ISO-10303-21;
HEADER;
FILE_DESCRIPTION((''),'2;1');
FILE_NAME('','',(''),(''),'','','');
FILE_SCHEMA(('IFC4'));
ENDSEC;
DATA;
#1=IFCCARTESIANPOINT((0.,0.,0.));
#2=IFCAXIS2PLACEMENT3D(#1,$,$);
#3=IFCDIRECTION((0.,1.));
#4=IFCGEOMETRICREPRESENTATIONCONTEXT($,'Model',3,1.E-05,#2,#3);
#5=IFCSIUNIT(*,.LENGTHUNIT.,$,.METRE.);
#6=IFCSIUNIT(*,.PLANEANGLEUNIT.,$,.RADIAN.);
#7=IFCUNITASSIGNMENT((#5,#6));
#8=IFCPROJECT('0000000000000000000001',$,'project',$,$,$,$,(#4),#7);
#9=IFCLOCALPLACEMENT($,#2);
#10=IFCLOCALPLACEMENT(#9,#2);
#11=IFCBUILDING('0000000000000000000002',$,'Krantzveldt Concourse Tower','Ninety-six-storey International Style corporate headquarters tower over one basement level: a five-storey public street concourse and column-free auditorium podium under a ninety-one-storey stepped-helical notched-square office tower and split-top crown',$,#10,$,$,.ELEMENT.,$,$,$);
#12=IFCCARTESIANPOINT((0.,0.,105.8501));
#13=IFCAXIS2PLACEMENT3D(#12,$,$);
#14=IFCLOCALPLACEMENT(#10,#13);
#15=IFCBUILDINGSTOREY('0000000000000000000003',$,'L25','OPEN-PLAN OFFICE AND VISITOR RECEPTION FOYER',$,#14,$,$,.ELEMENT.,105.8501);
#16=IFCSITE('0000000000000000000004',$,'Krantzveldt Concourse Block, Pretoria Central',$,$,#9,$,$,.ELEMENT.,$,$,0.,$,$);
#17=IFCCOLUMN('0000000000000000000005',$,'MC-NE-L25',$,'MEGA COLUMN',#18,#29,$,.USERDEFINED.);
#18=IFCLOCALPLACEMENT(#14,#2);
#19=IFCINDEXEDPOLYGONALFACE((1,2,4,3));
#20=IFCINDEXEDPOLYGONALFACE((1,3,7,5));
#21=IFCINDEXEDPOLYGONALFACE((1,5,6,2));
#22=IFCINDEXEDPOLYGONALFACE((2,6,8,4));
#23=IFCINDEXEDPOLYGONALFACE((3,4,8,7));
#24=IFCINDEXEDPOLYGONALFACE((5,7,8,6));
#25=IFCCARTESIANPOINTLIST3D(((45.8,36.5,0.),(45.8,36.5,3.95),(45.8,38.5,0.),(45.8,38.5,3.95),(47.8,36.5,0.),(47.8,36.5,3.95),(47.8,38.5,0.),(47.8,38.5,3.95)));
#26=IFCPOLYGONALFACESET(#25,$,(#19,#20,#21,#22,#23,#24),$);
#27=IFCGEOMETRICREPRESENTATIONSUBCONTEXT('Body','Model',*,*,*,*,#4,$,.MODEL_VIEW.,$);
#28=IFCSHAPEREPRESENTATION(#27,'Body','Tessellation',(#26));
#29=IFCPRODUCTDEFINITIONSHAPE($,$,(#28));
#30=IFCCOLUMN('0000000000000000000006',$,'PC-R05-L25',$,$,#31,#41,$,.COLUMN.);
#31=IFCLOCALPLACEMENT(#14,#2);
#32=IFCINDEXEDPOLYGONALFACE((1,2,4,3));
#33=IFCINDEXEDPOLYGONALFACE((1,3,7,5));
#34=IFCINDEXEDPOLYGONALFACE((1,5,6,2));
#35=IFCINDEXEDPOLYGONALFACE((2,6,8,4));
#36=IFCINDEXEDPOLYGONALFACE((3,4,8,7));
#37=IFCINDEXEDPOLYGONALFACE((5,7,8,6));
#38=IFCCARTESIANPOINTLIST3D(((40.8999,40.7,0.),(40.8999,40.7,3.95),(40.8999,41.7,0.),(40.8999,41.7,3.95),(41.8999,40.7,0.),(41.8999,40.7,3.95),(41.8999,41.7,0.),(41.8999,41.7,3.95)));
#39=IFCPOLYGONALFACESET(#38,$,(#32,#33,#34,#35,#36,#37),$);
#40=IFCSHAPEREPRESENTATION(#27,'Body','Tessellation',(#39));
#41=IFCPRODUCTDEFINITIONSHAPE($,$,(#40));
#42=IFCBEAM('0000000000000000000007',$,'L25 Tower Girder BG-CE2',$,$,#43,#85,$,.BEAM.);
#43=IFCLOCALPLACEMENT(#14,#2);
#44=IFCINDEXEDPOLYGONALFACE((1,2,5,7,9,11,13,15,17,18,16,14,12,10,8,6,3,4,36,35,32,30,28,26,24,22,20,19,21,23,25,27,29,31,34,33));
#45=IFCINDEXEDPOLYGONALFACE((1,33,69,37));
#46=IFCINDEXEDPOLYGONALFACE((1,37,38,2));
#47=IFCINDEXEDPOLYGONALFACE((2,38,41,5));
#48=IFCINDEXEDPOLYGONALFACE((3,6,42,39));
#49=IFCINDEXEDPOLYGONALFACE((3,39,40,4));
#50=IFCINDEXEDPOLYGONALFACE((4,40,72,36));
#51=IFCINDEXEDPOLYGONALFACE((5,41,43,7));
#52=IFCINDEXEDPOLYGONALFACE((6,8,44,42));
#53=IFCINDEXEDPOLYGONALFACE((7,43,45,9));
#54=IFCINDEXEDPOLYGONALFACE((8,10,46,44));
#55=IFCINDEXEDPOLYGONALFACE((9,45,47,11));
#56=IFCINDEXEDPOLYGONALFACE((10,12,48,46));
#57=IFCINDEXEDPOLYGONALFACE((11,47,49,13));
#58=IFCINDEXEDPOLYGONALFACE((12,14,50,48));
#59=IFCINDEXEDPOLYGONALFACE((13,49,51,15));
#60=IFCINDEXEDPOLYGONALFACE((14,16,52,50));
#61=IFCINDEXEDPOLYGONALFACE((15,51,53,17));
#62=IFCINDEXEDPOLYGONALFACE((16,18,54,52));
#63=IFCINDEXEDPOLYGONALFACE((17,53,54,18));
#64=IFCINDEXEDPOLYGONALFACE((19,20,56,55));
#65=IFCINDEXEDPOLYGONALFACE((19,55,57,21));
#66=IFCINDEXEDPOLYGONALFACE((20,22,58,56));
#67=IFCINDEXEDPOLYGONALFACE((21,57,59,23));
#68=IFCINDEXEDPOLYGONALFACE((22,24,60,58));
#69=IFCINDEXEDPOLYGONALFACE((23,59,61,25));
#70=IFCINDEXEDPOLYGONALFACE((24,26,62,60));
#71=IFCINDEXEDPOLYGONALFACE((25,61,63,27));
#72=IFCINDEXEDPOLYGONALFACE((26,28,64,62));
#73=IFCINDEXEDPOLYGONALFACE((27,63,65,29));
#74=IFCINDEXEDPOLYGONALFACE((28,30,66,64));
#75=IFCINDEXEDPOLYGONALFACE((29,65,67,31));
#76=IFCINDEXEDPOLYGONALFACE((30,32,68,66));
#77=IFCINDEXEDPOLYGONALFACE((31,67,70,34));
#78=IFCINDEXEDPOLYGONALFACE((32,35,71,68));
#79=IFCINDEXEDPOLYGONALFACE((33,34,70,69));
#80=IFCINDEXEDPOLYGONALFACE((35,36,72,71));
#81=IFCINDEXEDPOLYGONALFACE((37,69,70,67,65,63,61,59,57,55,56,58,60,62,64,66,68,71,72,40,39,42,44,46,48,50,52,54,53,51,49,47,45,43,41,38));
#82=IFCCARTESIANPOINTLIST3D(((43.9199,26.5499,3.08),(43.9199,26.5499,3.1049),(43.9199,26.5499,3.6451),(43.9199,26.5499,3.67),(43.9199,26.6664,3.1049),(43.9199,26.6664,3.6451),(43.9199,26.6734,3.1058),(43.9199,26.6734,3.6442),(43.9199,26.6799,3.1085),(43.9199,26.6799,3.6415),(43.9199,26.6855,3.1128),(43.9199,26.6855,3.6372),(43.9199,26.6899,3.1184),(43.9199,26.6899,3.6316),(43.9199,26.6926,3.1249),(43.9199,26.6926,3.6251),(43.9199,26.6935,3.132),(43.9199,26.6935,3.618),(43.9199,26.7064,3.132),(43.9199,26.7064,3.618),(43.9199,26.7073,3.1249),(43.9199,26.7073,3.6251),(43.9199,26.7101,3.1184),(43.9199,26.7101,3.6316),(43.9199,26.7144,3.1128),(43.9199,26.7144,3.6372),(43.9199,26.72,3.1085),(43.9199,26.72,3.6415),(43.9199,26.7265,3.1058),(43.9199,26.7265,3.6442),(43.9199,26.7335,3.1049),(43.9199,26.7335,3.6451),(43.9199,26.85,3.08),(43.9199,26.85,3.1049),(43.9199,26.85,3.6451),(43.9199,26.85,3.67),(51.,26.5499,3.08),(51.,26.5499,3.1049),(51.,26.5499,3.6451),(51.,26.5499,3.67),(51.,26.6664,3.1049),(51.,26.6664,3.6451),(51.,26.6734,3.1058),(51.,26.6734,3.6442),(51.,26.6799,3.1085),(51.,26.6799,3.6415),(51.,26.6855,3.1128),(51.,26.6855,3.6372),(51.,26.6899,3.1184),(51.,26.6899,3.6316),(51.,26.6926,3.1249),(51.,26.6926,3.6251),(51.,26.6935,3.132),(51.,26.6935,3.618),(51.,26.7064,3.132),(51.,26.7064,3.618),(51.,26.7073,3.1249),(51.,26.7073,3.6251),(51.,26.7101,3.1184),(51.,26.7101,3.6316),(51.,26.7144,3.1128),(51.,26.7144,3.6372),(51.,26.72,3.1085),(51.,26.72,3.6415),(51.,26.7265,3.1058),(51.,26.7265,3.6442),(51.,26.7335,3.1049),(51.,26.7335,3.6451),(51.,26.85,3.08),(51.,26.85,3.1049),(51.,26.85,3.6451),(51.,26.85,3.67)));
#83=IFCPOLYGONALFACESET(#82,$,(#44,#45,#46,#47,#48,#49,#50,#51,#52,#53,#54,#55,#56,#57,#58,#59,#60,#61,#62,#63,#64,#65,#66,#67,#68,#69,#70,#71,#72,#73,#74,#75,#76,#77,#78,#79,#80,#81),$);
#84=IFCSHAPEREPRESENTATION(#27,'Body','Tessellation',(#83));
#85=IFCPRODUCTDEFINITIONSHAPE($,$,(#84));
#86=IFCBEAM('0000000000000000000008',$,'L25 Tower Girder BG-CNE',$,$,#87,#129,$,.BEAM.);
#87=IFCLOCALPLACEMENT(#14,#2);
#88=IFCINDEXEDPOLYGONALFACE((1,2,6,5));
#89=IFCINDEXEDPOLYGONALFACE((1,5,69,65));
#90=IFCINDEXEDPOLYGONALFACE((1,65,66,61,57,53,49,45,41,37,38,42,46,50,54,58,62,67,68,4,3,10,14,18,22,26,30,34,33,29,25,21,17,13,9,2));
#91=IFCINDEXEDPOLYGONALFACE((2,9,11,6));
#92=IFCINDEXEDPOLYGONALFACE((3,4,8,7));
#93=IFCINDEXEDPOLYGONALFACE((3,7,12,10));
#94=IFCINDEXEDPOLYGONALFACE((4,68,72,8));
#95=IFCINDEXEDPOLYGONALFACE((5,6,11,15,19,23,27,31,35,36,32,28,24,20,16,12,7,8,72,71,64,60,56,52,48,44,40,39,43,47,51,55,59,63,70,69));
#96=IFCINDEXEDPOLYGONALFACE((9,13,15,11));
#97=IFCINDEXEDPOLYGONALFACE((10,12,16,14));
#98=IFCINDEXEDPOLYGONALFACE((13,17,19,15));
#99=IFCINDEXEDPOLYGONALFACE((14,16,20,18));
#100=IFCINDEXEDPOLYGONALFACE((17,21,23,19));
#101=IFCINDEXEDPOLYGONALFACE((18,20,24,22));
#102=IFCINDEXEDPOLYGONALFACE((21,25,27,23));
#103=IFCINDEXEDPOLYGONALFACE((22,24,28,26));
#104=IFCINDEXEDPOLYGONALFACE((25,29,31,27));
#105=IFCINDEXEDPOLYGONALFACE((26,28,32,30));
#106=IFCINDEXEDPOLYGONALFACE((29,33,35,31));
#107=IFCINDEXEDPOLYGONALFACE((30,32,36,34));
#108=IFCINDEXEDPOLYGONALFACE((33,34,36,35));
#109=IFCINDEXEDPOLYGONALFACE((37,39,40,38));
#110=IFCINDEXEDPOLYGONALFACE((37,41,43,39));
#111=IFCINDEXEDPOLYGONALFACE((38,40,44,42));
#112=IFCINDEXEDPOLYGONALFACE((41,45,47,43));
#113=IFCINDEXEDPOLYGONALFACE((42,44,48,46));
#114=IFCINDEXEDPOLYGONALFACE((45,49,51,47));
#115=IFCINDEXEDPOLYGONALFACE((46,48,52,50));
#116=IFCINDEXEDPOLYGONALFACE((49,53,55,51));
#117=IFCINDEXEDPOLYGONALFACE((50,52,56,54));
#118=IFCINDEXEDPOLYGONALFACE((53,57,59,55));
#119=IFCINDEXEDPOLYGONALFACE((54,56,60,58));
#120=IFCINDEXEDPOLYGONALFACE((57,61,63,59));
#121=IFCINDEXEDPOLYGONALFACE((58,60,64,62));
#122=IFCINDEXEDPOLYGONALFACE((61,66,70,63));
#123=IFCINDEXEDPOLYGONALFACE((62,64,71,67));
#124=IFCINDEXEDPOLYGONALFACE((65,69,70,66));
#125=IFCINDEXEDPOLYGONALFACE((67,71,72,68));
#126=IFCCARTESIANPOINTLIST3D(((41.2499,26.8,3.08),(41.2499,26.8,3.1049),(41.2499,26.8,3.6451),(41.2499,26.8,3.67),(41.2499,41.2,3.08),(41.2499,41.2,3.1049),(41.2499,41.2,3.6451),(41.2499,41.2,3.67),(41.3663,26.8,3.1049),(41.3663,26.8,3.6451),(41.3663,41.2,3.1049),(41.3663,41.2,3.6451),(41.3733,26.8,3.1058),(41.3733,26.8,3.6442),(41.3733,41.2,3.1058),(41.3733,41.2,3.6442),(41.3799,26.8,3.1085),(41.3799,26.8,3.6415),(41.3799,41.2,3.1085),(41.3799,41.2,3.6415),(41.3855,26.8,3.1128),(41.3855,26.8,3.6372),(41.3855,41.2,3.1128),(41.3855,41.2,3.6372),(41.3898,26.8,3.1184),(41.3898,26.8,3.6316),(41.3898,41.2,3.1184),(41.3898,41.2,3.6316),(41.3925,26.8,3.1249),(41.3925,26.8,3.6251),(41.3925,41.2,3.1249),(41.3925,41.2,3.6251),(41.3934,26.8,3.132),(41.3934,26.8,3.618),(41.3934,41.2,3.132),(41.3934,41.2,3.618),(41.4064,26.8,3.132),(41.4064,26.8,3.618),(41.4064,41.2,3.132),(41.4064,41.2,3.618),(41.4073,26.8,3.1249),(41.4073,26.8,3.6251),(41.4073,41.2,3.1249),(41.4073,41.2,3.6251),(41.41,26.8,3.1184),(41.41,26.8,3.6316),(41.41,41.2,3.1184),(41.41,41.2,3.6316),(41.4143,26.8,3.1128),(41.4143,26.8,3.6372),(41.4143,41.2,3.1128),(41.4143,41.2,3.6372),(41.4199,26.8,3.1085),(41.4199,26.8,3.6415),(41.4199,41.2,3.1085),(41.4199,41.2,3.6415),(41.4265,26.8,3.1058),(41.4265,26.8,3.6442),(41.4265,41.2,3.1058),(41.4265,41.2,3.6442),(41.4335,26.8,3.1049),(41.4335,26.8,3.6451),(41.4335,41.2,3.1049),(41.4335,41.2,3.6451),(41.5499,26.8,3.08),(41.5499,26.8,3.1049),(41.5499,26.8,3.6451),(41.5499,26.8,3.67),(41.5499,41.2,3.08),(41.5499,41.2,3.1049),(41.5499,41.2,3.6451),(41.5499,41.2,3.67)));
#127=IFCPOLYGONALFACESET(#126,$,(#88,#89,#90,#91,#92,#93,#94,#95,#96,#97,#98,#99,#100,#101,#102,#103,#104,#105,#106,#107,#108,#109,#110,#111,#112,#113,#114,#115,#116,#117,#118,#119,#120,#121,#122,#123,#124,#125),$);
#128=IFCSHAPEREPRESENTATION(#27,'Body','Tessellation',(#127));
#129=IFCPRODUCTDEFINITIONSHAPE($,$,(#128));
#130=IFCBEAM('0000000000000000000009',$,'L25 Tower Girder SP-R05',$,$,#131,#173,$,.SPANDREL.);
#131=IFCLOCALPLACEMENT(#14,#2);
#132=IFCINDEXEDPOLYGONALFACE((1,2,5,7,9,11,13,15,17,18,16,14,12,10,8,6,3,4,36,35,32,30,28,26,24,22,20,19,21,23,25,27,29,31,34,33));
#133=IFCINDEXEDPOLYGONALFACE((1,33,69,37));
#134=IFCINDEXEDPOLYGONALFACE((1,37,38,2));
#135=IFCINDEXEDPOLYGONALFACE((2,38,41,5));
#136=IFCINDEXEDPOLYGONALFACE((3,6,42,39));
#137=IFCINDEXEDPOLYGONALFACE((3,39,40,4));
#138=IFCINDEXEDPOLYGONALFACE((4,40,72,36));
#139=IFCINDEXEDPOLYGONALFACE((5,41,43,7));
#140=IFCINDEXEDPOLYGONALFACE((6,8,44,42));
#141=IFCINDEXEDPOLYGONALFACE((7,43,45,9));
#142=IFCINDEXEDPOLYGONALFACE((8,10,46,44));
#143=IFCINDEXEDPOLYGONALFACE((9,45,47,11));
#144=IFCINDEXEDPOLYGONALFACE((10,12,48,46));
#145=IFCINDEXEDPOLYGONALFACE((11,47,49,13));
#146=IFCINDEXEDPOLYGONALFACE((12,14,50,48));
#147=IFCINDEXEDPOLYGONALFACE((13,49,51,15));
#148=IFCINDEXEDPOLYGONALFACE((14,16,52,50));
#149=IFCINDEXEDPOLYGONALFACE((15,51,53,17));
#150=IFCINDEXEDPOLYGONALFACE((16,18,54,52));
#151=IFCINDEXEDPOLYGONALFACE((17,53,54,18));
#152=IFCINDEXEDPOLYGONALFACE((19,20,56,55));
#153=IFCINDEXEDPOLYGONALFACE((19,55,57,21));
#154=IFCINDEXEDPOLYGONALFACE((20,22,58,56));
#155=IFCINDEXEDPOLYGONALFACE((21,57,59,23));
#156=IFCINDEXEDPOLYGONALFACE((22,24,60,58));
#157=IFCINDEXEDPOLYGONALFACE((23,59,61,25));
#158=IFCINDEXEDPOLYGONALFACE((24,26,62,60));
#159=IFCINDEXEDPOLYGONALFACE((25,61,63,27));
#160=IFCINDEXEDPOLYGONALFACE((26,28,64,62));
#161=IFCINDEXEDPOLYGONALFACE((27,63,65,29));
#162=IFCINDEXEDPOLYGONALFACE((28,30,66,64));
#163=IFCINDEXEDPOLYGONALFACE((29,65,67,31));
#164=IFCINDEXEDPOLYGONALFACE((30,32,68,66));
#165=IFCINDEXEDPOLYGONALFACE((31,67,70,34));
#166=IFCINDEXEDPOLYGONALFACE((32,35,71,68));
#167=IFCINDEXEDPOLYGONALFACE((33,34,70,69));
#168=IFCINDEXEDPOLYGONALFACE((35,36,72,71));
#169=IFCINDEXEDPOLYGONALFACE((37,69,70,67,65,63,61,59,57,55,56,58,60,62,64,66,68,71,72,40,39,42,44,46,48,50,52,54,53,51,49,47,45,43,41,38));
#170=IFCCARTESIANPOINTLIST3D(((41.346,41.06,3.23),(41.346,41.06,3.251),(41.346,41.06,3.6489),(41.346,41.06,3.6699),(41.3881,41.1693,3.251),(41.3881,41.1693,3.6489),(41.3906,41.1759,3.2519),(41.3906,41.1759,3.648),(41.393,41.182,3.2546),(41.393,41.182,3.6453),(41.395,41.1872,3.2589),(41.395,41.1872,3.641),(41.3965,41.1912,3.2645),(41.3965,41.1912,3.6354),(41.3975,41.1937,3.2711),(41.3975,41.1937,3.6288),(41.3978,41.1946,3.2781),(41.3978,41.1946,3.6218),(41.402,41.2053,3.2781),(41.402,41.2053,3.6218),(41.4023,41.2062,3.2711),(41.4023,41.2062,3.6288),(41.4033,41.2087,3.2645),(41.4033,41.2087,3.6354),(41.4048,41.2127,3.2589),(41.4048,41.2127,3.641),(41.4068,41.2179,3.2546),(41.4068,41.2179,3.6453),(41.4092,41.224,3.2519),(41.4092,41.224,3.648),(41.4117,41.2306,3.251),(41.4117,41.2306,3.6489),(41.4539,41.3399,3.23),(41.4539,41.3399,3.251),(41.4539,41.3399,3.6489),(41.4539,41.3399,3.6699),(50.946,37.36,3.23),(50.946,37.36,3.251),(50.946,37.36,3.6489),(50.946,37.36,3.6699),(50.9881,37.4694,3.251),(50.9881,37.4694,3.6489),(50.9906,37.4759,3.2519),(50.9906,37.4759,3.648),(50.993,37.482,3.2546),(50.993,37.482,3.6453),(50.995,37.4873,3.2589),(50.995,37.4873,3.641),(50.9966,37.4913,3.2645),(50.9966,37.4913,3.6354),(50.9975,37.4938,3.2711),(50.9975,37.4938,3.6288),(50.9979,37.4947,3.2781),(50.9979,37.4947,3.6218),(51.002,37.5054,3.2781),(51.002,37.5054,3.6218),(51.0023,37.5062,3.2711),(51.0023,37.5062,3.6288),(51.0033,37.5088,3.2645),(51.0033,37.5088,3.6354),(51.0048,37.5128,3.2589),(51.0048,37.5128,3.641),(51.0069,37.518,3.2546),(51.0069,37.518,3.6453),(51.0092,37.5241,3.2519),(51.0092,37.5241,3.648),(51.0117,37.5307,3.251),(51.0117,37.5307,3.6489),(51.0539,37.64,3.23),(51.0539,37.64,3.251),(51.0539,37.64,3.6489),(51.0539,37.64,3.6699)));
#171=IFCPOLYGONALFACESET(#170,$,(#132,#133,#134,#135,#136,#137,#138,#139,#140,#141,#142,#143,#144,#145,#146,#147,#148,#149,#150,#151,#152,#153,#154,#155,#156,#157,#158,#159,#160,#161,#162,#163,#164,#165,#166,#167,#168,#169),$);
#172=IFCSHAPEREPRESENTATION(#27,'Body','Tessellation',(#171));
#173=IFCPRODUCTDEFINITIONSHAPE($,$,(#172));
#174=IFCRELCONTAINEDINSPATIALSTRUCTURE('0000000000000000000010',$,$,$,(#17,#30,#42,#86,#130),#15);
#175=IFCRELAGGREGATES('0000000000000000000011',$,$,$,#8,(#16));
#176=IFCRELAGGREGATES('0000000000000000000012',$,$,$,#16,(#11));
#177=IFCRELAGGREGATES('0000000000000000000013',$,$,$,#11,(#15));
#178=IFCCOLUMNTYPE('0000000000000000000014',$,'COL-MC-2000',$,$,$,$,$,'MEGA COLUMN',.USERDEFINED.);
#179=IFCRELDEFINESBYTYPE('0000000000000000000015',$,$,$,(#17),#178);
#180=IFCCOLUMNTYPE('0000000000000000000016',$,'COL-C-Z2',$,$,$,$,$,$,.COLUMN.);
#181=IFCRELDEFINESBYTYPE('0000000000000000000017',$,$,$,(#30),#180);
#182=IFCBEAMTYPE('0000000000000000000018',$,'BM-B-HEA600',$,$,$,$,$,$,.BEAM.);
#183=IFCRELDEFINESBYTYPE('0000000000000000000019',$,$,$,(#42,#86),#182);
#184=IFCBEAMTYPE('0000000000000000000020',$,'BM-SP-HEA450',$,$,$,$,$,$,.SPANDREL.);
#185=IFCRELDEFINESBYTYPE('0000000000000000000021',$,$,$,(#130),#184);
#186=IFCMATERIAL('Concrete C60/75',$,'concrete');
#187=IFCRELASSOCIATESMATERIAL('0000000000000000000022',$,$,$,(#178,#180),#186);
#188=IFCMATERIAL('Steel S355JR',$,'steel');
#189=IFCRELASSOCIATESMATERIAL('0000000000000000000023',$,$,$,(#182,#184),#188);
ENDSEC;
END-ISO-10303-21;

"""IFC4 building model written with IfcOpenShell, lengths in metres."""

from ifc_helpers import new_model, si_unit, direction, frame, origin, origin_2d, place, context, subcontext, project, spatial, rectangle, i_section, extrude, source, transform, mapped, material, material_profile, profile_set, type_object, type_shapes, element, save


model = new_model("IFC4")

# Units and contexts
model_context = context("Model", 3, precision=1e-05, world=origin(), true_north=direction((0.0, 1.0)))
body_context = subcontext(model_context, "Body", "Model", "MODEL_VIEW")
ifc_project = project(units=[si_unit("LENGTHUNIT", "METRE"), si_unit("PLANEANGLEUNIT", "RADIAN")], contexts=[model_context])

# Site, building, storey
site_placement = place(None, origin())
site = spatial("IfcSite", under=ifc_project, at=site_placement, Name="Krantzveldt Concourse Block, Pretoria Central", CompositionType="ELEMENT", RefElevation=0.0)
building_placement = place(site_placement, origin())
building = spatial("IfcBuilding", under=site, at=building_placement, Name="Krantzveldt Concourse Tower", Description="Ninety-six-storey International Style corporate headquarters tower over one basement level: a five-storey public street concourse and column-free auditorium podium under a ninety-one-storey stepped-helical notched-square office tower and split-top crown", CompositionType="ELEMENT")
storey_placement = place(building_placement, frame((0.0, 0.0, 105.8501)))
storey = spatial("IfcBuildingStorey", under=building, at=storey_placement, Name="L25", Description="OPEN-PLAN OFFICE AND VISITOR RECEPTION FOYER", CompositionType="ELEMENT", Elevation=105.8501)

# Columns
ifc_material_1 = material(Name="Concrete C60/75", Category="concrete")
ifc_material_profile_1 = material_profile(ifc_material_1, rectangle(XDim=2.0, YDim=2.0, at=origin_2d()), Name="Concrete C60/75", Category="concrete")
ifc_profile_set_1 = profile_set([ifc_material_profile_1], Name="Concrete C60/75 - RC 2000x2000")
column_type_1 = type_object("IfcColumnType", Name="COL-MC-2000", ElementType="MEGA COLUMN", PredefinedType="USERDEFINED", material=ifc_profile_set_1)
shared_shape_1 = source(origin(), body_context, "Body", "SweptSolid", [
    extrude(rectangle(XDim=2.0, YDim=2.0, at=origin_2d()), origin(), (0.0, 0.0, 1.0), 3.95),
])
type_shapes(column_type_1, [shared_shape_1])
column_1_placement = place(storey_placement, frame((46.8, 37.5, 0.0), z_axis=(0.0, 0.0, 1.0), x_axis=(1.0, 0.0, 0.0)))
element("IfcColumn", 1, at=column_1_placement, inside=storey, type_object=column_type_1, Name="MC-NE-L25", ObjectType="MEGA COLUMN", PredefinedType="USERDEFINED", context=body_context, shape_type="MappedRepresentation", body=[
    mapped(shared_shape_1, transform((0.0, 0.0, 0.0), x_axis=(1.0, 0.0, 0.0), y_axis=(0.0, 1.0, 0.0), z_axis=(0.0, 0.0, 1.0), scale=1.0)),
])
ifc_material_profile_2 = material_profile(ifc_material_1, rectangle(XDim=1.0, YDim=1.0, at=origin_2d()), Name="Concrete C60/75", Category="concrete")
ifc_profile_set_2 = profile_set([ifc_material_profile_2], Name="Concrete C60/75 - RC 1000x1000")
column_type_2 = type_object("IfcColumnType", Name="COL-C-Z2", PredefinedType="COLUMN", material=ifc_profile_set_2)
shared_shape_2 = source(origin(), body_context, "Body", "SweptSolid", [
    extrude(rectangle(XDim=1.0, YDim=1.0, at=origin_2d()), origin(), (0.0, 0.0, 1.0), 3.95),
])
type_shapes(column_type_2, [shared_shape_2])
column_2_placement = place(storey_placement, frame((41.3999, 41.2, 0.0), z_axis=(0.0, 0.0, 1.0), x_axis=(1.0, 0.0, 0.0)))
element("IfcColumn", 2, at=column_2_placement, inside=storey, type_object=column_type_2, Name="PC-R05-L25", PredefinedType="COLUMN", context=body_context, shape_type="MappedRepresentation", body=[
    mapped(shared_shape_2, transform((0.0, 0.0, 0.0), x_axis=(1.0, 0.0, 0.0), y_axis=(0.0, 1.0, 0.0), z_axis=(0.0, 0.0, 1.0), scale=1.0)),
])

# Beams
ifc_material_2 = material(Name="Steel S355JR", Category="steel")
ifc_material_profile_3 = material_profile(ifc_material_2, i_section(OverallWidth=0.3, OverallDepth=0.5901, WebThickness=0.0129, FlangeThickness=0.0249, FilletRadius=0.0271, at=origin_2d()), Name="Steel S355JR", Category="steel")
ifc_profile_set_3 = profile_set([ifc_material_profile_3], Name="Steel S355JR - HEA 600")
beam_type_1 = type_object("IfcBeamType", Name="BM-B-HEA600", PredefinedType="BEAM", material=ifc_profile_set_3)
shared_shape_3 = source(origin(), body_context, "Body", "SweptSolid", [
    extrude(i_section(OverallWidth=0.3, OverallDepth=0.5901, WebThickness=0.0129, FlangeThickness=0.0249, FilletRadius=0.0271, at=origin_2d()), origin(), (0.0, 0.0, 1.0), 7.0801),
])
beam_1_placement = place(storey_placement, frame((43.9199, 26.7, 3.375), z_axis=(1.0, 0.0, 0.0), x_axis=(0.0, 1.0, 0.0)))
element("IfcBeam", 3, at=beam_1_placement, inside=storey, type_object=beam_type_1, Name="L25 Tower Girder BG-CE2", PredefinedType="BEAM", context=body_context, shape_type="MappedRepresentation", body=[
    mapped(shared_shape_3, transform((0.0, 0.0, 0.0), x_axis=(1.0, 0.0, 0.0), y_axis=(0.0, 1.0, 0.0), z_axis=(0.0, 0.0, 1.0), scale=1.0)),
])
shared_shape_4 = source(origin(), body_context, "Body", "SweptSolid", [
    extrude(i_section(OverallWidth=0.3, OverallDepth=0.5901, WebThickness=0.0129, FlangeThickness=0.0249, FilletRadius=0.0271, at=origin_2d()), origin(), (0.0, 0.0, 1.0), 14.3999),
])
beam_2_placement = place(storey_placement, frame((41.3999, 26.8, 3.375), z_axis=(0.0, 1.0, 0.0), x_axis=(-1.0, 0.0, 0.0)))
element("IfcBeam", 4, at=beam_2_placement, inside=storey, type_object=beam_type_1, Name="L25 Tower Girder BG-CNE", PredefinedType="BEAM", context=body_context, shape_type="MappedRepresentation", body=[
    mapped(shared_shape_4, transform((0.0, 0.0, 0.0), x_axis=(1.0, 0.0, 0.0), y_axis=(0.0, 1.0, 0.0), z_axis=(0.0, 0.0, 1.0), scale=1.0)),
])
ifc_material_profile_4 = material_profile(ifc_material_2, i_section(OverallWidth=0.3, OverallDepth=0.4399, WebThickness=0.0115, FlangeThickness=0.021, FilletRadius=0.0271, at=origin_2d()), Name="Steel S355JR", Category="steel")
ifc_profile_set_4 = profile_set([ifc_material_profile_4], Name="Steel S355JR - HEA 450")
beam_type_2 = type_object("IfcBeamType", Name="BM-SP-HEA450", PredefinedType="SPANDREL", material=ifc_profile_set_4)
shared_shape_5 = source(origin(), body_context, "Body", "SweptSolid", [
    extrude(i_section(OverallWidth=0.3, OverallDepth=0.4399, WebThickness=0.0115, FlangeThickness=0.021, FilletRadius=0.0271, at=origin_2d()), origin(), (0.0, 0.0, 1.0), 10.2883),
])
type_shapes(beam_type_2, [shared_shape_5])
beam_3_placement = place(storey_placement, frame((41.3999, 41.2, 3.45), z_axis=(0.933098, -0.359623, 0.0), x_axis=(0.359623, 0.933098, 0.0)))
element("IfcBeam", 5, at=beam_3_placement, inside=storey, type_object=beam_type_2, Name="L25 Tower Girder SP-R05", PredefinedType="SPANDREL", context=body_context, shape_type="MappedRepresentation", body=[
    mapped(shared_shape_5, transform((0.0, 0.0, 0.0), x_axis=(1.0, 0.0, 0.0), y_axis=(0.0, 1.0, 0.0), z_axis=(0.0, 0.0, 1.0), scale=1.0)),
])

save(model, "model.ifc")
